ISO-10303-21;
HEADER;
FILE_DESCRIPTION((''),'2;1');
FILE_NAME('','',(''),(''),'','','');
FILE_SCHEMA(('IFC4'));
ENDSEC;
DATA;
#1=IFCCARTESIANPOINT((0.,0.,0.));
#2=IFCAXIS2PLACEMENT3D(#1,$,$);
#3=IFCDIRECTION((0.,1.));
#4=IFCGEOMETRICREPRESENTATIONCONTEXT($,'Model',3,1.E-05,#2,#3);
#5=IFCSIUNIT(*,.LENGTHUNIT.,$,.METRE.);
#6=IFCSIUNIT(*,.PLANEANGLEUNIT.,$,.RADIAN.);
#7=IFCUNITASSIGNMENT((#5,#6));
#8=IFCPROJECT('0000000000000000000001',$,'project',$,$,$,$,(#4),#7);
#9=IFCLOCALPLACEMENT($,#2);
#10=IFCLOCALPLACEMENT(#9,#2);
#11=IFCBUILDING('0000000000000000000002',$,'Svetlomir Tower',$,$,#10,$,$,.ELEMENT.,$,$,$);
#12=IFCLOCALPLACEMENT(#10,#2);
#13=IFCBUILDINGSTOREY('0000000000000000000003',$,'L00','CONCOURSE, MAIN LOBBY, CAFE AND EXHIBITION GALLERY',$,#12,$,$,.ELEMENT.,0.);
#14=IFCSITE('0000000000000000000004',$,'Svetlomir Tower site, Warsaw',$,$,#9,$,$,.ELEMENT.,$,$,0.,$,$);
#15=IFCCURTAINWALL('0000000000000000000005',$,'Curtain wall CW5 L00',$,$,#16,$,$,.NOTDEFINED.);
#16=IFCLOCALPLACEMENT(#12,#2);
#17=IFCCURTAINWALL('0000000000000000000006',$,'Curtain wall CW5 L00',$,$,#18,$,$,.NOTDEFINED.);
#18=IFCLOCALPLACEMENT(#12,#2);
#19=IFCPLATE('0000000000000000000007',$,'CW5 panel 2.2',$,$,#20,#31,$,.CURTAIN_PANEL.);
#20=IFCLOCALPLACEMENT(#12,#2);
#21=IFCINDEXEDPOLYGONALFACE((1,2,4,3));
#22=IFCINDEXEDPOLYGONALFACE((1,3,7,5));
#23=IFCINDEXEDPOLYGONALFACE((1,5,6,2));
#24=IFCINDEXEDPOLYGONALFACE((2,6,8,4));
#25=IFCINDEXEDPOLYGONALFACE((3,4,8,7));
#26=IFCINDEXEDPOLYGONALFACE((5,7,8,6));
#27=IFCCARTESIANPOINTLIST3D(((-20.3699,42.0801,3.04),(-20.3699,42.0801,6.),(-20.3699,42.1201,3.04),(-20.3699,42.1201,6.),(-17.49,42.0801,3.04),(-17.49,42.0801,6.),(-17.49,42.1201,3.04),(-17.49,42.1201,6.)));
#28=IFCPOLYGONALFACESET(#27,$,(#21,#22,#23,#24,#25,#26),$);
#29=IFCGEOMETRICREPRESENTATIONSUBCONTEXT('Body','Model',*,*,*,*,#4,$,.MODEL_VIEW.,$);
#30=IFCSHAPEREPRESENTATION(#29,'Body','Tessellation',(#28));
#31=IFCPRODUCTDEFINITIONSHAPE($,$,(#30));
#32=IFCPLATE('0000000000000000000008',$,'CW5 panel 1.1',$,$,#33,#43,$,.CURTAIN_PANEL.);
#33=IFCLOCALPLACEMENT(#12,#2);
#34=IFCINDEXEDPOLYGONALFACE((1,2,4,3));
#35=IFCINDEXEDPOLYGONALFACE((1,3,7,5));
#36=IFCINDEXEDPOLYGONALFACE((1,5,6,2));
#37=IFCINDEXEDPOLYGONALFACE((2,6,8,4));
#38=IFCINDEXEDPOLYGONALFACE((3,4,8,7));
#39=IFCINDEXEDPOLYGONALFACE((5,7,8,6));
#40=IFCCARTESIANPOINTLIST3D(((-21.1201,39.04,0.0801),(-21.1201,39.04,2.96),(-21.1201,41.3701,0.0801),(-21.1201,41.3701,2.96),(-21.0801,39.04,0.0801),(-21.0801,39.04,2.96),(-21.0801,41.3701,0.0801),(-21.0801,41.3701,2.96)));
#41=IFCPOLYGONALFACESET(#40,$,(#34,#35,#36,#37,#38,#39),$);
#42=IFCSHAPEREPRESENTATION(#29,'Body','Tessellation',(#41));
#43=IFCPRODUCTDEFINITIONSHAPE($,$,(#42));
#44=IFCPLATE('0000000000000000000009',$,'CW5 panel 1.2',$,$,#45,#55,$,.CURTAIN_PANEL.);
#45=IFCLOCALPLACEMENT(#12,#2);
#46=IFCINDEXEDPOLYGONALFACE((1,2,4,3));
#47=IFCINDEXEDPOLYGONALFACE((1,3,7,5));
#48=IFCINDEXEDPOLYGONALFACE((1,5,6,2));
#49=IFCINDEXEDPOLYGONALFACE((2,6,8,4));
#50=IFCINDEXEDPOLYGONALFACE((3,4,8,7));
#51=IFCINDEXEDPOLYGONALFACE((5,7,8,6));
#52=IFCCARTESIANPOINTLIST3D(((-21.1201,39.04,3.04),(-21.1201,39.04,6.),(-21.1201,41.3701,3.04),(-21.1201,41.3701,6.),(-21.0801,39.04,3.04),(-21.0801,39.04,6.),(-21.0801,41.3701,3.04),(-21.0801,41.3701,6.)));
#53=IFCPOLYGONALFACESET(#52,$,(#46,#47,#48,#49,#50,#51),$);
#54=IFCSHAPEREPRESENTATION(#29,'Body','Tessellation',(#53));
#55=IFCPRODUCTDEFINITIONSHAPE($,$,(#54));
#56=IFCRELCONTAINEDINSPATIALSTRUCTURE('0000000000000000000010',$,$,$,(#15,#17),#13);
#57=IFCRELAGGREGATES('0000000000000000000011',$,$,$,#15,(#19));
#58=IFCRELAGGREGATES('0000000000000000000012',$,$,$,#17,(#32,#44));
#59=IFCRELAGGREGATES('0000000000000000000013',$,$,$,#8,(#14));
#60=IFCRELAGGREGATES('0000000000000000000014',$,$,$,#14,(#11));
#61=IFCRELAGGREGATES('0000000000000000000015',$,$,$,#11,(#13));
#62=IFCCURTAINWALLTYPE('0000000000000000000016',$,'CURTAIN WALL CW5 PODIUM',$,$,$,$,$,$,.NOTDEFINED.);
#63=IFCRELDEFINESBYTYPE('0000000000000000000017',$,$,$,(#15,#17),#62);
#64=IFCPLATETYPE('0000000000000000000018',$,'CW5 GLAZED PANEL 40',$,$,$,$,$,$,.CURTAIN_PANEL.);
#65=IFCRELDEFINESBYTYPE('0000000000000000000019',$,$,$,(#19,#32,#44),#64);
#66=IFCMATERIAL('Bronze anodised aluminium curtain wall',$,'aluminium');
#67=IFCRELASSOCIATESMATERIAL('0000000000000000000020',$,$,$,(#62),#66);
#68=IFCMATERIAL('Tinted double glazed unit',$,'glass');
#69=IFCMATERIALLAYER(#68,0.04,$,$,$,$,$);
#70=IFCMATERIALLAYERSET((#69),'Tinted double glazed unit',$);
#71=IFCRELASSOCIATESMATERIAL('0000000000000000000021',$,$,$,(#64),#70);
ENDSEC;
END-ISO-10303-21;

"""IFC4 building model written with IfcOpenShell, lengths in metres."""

from ifc_helpers import new_model, si_unit, direction, frame, origin, origin_2d, place, context, subcontext, project, spatial, rectangle, extrude, material, layer, layer_set, type_object, element, aggregate, save


model = new_model("IFC4")

# Units and contexts
model_context = context("Model", 3, precision=1e-05, world=origin(), true_north=direction((0.0, 1.0)))
body_context = subcontext(model_context, "Body", "Model", "MODEL_VIEW")
ifc_project = project(units=[si_unit("LENGTHUNIT", "METRE"), si_unit("PLANEANGLEUNIT", "RADIAN")], contexts=[model_context])

# Site, building, storey
site_placement = place(None, origin())
site = spatial("IfcSite", under=ifc_project, at=site_placement, Name="Svetlomir Tower site, Warsaw", CompositionType="ELEMENT", RefElevation=0.0)
building_placement = place(site_placement, origin())
building = spatial("IfcBuilding", under=site, at=building_placement, Name="Svetlomir Tower", CompositionType="ELEMENT")
storey_placement = place(building_placement, origin())
storey = spatial("IfcBuildingStorey", under=building, at=storey_placement, Name="L00", Description="CONCOURSE, MAIN LOBBY, CAFE AND EXHIBITION GALLERY", CompositionType="ELEMENT", Elevation=0.0)

# Curtain wall
ifc_material_1 = material(Name="Bronze anodised aluminium curtain wall", Category="aluminium")
curtain_wall_type = type_object("IfcCurtainWallType", Name="CURTAIN WALL CW5 PODIUM", PredefinedType="NOTDEFINED", material=ifc_material_1)
curtain_wall_1_placement = place(storey_placement, origin())
curtain_wall_1 = element("IfcCurtainWall", 1, at=curtain_wall_1_placement, inside=storey, type_object=curtain_wall_type, Name="Curtain wall CW5 L00", PredefinedType="NOTDEFINED")

# Curtain wall
curtain_wall_2_placement = place(storey_placement, origin())
curtain_wall_2 = element("IfcCurtainWall", 2, at=curtain_wall_2_placement, inside=storey, type_object=curtain_wall_type, Name="Curtain wall CW5 L00", PredefinedType="NOTDEFINED")

# Plates
ifc_material_2 = material(Name="Tinted double glazed unit", Category="glass")
ifc_layer = layer(ifc_material_2, 0.04)
ifc_layer_set = layer_set([ifc_layer], Name="Tinted double glazed unit")
plate_type = type_object("IfcPlateType", Name="CW5 GLAZED PANEL 40", PredefinedType="CURTAIN_PANEL", material=ifc_layer_set)
plate_1_placement = place(storey_placement, frame((-18.9299, 42.1001, 3.04), z_axis=(0.0, 0.0, 1.0), x_axis=(-1.0, 0.0, 0.0)))
plate_1 = element("IfcPlate", 3, at=plate_1_placement, type_object=plate_type, Name="CW5 panel 2.2", PredefinedType="CURTAIN_PANEL", context=body_context, shape_type="SweptSolid", body=[
    extrude(rectangle(XDim=2.8799, YDim=0.04, at=origin_2d()), origin(), (0.0, 0.0, 1.0), 2.96),
])
aggregate(curtain_wall_1, [plate_1])
plate_2_placement = place(storey_placement, frame((-21.1001, 40.2051, 0.0801), z_axis=(0.0, 0.0, 1.0), x_axis=(0.0, -1.0, 0.0)))
plate_2 = element("IfcPlate", 4, at=plate_2_placement, type_object=plate_type, Name="CW5 panel 1.1", PredefinedType="CURTAIN_PANEL", context=body_context, shape_type="SweptSolid", body=[
    extrude(rectangle(XDim=2.3301, YDim=0.04, at=origin_2d()), origin(), (0.0, 0.0, 1.0), 2.8799),
])
plate_3_placement = place(storey_placement, frame((-21.1001, 40.2051, 3.04), z_axis=(0.0, 0.0, 1.0), x_axis=(0.0, -1.0, 0.0)))
plate_3 = element("IfcPlate", 5, at=plate_3_placement, type_object=plate_type, Name="CW5 panel 1.2", PredefinedType="CURTAIN_PANEL", context=body_context, shape_type="SweptSolid", body=[
    extrude(rectangle(XDim=2.3301, YDim=0.04, at=origin_2d()), origin(), (0.0, 0.0, 1.0), 2.96),
])
aggregate(curtain_wall_2, [plate_2, plate_3])

save(model, "model.ifc")
